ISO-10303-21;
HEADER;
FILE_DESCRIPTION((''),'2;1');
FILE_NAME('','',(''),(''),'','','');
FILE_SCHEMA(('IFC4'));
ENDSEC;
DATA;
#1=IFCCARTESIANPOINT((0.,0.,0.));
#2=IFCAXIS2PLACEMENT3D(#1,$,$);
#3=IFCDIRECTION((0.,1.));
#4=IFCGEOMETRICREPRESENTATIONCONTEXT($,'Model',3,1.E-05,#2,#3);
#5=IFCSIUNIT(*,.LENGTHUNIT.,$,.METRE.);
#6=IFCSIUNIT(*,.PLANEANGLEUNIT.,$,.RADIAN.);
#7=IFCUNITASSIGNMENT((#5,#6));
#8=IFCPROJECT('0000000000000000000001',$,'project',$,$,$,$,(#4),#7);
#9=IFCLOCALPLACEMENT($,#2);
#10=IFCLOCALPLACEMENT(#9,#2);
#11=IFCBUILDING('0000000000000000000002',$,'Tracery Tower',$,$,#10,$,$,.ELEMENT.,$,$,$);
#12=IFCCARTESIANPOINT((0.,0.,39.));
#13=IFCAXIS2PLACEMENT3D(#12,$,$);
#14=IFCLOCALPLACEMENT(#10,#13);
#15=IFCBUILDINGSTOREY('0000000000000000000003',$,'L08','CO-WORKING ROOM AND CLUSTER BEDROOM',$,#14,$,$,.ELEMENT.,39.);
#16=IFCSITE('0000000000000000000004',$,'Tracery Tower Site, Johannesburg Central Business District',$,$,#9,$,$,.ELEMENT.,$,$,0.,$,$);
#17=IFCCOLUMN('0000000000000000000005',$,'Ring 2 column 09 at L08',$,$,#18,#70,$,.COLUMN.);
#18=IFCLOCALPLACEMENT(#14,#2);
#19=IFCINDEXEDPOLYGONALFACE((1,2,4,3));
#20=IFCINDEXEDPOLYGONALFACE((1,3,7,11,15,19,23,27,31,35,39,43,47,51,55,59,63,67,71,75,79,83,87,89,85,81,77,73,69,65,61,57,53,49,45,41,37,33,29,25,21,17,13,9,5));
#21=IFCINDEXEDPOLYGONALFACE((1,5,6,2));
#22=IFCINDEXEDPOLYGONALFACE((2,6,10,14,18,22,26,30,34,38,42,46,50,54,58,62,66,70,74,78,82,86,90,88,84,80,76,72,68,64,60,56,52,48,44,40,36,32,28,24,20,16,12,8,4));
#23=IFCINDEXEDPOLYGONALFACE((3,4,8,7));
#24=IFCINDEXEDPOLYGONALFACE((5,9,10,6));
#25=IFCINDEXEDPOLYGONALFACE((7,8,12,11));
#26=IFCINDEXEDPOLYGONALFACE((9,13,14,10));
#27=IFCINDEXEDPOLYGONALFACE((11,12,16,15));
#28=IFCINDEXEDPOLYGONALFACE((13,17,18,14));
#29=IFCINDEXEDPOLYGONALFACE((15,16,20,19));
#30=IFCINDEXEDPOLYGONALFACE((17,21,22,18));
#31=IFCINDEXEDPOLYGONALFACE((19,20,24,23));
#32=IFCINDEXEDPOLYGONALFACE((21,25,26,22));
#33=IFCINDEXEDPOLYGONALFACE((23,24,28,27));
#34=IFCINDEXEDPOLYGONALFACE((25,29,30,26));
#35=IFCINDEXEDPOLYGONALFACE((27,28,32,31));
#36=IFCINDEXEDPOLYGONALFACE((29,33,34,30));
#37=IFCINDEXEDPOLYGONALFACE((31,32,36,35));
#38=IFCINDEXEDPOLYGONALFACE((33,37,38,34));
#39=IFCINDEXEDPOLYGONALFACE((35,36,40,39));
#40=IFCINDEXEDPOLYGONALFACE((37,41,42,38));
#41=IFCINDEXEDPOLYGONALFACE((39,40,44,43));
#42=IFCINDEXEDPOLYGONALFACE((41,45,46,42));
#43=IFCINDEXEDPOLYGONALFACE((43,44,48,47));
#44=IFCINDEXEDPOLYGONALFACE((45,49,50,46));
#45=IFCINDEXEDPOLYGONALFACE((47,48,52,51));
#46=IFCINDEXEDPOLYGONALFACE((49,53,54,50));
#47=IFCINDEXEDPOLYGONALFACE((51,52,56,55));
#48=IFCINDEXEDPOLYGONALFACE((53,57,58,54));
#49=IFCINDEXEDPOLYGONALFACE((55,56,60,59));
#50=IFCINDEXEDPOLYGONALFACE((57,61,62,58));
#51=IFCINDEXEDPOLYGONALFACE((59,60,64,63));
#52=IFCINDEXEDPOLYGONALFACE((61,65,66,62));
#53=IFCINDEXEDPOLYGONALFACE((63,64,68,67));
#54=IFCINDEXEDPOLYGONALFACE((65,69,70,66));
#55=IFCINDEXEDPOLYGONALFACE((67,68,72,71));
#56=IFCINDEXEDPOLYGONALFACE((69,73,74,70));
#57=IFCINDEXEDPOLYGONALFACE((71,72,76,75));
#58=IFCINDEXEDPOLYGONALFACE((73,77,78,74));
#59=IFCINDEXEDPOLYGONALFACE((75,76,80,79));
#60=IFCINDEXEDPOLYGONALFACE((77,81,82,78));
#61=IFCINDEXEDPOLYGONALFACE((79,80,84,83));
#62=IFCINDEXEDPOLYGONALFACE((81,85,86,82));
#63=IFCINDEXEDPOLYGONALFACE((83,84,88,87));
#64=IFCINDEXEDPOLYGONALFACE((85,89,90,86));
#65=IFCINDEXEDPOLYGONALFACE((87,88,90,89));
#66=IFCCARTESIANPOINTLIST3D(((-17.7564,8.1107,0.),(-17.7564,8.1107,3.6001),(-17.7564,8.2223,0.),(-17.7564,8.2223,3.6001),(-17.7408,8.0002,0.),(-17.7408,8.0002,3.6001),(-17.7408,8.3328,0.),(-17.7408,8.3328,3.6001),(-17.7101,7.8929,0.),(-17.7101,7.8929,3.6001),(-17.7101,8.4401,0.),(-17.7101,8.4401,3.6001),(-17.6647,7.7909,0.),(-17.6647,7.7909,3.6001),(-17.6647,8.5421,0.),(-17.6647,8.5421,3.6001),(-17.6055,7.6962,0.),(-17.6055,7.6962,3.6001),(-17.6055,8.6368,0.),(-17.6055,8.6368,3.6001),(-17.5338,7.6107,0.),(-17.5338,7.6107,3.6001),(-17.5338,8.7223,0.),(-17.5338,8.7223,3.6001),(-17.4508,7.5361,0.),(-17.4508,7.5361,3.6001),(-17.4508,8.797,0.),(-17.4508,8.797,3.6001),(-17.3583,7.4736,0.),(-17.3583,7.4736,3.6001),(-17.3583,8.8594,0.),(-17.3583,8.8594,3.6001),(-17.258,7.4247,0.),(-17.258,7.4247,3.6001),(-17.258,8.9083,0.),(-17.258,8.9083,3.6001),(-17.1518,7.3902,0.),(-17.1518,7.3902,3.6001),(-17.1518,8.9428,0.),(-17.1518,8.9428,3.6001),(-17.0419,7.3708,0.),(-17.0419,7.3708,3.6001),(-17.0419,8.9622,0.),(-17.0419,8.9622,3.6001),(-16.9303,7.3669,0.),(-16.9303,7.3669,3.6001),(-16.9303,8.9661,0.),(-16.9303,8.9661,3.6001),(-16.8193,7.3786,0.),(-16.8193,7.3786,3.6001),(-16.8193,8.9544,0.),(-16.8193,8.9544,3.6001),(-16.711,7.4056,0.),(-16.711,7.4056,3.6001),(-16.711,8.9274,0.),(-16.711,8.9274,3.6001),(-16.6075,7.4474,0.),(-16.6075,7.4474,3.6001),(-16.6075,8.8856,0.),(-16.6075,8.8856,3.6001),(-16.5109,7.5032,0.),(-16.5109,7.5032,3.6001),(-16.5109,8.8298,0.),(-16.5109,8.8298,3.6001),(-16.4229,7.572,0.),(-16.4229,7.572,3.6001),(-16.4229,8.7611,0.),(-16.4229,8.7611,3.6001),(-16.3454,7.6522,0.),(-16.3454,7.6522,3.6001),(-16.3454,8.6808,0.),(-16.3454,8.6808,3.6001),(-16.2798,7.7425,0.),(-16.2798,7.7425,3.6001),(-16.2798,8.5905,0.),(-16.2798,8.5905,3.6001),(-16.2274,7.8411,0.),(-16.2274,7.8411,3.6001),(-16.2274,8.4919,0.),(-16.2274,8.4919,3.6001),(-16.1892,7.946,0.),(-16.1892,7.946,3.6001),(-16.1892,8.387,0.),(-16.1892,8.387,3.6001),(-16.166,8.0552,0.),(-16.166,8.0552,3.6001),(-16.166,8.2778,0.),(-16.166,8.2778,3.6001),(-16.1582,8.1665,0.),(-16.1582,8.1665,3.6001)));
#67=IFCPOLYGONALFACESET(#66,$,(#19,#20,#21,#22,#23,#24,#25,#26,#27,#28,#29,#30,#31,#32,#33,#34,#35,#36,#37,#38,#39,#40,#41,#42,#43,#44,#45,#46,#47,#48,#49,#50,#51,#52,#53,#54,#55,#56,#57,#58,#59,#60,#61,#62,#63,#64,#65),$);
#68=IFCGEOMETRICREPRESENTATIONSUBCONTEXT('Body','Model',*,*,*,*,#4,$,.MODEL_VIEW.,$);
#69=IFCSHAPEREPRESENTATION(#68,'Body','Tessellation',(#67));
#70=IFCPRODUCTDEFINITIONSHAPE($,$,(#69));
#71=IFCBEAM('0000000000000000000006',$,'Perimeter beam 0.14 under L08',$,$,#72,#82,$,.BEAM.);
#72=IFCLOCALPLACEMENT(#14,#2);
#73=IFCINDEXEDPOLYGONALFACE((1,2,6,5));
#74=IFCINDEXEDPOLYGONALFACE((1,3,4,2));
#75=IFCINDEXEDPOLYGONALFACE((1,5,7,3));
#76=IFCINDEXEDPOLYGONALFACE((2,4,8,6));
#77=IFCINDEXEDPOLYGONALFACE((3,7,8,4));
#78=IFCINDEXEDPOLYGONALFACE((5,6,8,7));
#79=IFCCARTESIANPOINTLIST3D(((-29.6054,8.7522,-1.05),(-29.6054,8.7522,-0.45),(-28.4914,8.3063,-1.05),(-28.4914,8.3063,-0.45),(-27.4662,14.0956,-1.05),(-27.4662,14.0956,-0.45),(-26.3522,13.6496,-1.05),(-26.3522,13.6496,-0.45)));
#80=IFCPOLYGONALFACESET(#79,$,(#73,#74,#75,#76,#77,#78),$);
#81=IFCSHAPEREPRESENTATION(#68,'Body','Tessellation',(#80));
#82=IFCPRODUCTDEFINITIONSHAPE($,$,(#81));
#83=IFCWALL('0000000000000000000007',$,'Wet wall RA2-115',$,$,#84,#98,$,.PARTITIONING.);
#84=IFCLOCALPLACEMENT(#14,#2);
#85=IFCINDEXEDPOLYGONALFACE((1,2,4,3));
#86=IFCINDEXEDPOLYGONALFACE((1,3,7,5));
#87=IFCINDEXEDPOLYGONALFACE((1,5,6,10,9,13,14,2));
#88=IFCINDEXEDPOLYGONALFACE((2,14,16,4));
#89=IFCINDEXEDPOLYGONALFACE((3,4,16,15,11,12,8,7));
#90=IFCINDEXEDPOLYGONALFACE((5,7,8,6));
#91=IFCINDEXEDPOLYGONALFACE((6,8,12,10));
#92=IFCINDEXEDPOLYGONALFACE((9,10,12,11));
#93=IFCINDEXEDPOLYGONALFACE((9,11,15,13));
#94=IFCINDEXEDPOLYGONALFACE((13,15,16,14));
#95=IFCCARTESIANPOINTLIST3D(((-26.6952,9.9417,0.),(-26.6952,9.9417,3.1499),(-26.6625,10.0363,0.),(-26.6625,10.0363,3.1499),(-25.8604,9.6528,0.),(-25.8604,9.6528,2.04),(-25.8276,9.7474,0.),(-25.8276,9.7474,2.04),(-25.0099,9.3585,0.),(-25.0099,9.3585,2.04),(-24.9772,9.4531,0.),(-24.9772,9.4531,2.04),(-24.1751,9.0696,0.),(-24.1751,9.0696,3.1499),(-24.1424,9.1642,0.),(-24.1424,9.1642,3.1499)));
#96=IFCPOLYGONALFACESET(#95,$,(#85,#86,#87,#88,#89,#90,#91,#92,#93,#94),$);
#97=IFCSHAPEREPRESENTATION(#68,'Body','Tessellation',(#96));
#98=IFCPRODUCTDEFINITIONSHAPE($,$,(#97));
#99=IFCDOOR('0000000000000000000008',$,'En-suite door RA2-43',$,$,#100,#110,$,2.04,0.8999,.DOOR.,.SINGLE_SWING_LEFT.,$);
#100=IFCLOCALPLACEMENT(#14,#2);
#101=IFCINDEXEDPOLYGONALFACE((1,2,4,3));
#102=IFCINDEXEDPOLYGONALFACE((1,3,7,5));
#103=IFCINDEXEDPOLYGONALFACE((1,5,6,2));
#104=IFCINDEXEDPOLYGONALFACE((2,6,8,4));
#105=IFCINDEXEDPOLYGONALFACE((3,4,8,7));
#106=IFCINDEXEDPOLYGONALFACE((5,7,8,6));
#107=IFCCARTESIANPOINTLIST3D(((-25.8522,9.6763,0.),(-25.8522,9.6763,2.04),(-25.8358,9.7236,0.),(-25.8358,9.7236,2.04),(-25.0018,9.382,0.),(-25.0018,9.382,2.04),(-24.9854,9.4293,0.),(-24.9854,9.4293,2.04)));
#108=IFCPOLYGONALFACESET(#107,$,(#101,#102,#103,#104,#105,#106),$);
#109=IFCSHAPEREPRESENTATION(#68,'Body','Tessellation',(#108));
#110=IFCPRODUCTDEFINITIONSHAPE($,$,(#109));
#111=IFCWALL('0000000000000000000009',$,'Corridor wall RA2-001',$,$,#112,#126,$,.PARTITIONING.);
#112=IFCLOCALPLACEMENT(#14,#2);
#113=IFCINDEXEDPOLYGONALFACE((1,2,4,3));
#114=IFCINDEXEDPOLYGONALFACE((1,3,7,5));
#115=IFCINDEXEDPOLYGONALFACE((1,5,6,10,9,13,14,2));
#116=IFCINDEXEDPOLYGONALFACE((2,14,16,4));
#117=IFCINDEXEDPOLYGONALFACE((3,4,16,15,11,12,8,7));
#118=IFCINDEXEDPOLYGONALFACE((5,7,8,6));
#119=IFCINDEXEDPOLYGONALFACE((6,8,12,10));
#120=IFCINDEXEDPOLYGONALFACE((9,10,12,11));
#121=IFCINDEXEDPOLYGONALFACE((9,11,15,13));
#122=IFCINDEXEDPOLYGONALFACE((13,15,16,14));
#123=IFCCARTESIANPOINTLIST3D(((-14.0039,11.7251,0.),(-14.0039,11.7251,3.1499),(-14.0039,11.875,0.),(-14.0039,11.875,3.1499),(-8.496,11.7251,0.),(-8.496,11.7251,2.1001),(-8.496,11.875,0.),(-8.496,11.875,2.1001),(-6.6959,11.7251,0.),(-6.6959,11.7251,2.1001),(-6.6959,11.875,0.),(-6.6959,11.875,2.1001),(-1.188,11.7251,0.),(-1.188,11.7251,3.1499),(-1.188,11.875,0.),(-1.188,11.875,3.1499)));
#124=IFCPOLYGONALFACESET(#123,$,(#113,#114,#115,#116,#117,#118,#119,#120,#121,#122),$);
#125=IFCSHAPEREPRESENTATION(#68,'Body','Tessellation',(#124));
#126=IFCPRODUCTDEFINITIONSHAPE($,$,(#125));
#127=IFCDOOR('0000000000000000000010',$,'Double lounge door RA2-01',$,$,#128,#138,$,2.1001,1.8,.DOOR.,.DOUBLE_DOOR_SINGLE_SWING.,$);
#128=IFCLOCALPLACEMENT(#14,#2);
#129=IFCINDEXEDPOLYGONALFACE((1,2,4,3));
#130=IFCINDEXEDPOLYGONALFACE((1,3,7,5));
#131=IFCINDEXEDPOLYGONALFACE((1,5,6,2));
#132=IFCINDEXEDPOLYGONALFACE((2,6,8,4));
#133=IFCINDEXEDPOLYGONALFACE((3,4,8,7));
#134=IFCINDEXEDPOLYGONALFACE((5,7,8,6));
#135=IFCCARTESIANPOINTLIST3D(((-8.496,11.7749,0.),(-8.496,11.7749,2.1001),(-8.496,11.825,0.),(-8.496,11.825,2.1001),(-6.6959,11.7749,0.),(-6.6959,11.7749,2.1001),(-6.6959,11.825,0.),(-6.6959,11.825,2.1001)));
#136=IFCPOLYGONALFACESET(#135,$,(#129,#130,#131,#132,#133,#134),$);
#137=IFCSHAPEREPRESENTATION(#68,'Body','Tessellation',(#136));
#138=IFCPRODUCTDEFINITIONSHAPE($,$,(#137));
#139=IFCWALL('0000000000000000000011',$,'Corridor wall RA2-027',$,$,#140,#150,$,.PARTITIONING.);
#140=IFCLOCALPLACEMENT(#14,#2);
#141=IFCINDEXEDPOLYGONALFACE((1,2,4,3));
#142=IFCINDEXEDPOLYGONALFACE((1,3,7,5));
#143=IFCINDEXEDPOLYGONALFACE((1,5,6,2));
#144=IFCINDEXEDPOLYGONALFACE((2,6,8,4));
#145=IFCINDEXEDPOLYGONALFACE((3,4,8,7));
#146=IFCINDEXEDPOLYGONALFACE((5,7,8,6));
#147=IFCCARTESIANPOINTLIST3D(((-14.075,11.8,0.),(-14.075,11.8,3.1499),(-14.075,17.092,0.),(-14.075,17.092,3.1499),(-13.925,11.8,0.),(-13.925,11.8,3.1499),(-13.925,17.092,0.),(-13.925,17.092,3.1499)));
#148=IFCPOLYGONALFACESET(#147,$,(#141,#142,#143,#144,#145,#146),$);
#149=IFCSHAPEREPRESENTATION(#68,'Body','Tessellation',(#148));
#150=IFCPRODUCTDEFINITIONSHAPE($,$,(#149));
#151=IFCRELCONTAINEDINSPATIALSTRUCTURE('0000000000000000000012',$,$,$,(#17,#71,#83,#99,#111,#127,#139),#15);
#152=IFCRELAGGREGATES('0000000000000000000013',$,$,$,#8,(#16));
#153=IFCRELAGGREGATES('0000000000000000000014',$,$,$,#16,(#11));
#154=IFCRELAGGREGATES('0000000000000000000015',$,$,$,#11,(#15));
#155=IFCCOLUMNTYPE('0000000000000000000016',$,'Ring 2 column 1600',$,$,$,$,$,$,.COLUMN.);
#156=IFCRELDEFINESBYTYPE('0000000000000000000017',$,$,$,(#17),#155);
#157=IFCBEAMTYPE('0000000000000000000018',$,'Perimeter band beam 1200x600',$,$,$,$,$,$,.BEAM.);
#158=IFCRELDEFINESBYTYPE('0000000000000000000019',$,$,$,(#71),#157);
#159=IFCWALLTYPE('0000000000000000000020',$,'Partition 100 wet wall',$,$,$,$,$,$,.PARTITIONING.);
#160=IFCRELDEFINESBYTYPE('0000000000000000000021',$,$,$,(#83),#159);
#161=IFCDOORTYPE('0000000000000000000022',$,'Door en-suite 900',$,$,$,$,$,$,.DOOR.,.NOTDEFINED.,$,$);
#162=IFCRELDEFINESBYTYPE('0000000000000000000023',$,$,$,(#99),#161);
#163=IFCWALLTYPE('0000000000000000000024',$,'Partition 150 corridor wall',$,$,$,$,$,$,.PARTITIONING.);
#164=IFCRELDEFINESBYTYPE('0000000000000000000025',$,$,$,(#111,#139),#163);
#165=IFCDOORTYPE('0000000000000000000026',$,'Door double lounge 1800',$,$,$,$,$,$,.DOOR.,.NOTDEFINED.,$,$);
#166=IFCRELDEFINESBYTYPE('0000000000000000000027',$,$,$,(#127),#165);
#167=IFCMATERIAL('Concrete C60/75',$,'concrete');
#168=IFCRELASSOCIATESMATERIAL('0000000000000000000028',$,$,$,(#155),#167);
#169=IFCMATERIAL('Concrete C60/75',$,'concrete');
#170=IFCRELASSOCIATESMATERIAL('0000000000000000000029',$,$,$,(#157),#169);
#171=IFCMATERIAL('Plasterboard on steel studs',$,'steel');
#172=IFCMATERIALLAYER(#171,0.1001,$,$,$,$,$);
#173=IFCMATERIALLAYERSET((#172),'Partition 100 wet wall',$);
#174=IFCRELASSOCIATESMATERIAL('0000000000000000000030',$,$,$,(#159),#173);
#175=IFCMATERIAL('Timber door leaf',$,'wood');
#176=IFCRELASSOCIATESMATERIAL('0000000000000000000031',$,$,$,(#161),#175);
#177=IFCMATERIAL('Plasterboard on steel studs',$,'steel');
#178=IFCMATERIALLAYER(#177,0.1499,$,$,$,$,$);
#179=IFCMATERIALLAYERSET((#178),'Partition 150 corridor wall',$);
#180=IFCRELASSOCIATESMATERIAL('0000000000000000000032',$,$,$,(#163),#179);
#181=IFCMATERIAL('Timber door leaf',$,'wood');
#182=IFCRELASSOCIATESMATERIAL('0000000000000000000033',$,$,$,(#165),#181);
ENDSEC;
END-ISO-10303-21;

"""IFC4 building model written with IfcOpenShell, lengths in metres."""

from ifc_helpers import new_model, si_unit, direction, frame, frame_2d, origin, origin_2d, place, context, subcontext, project, spatial, rectangle, circle, extrude, material, layer, layer_set, material_profile, profile_set, type_object, element, fill, save


model = new_model("IFC4")

# Units and contexts
model_context = context("Model", 3, precision=1e-05, world=origin(), true_north=direction((0.0, 1.0)))
body_context = subcontext(model_context, "Body", "Model", "MODEL_VIEW")
ifc_project = project(units=[si_unit("LENGTHUNIT", "METRE"), si_unit("PLANEANGLEUNIT", "RADIAN")], contexts=[model_context])

# Site, building, storey
site_placement = place(None, origin())
site = spatial("IfcSite", under=ifc_project, at=site_placement, Name="Tracery Tower Site, Johannesburg Central Business District", CompositionType="ELEMENT", RefElevation=0.0)
building_placement = place(site_placement, origin())
building = spatial("IfcBuilding", under=site, at=building_placement, Name="Tracery Tower", CompositionType="ELEMENT")
storey_placement = place(building_placement, frame((0.0, 0.0, 39.0)))
storey = spatial("IfcBuildingStorey", under=building, at=storey_placement, Name="L08", Description="CO-WORKING ROOM AND CLUSTER BEDROOM", CompositionType="ELEMENT", Elevation=39.0)

# Column
ifc_material_1 = material(Name="Concrete C60/75", Category="concrete")
ifc_material_profile_1 = material_profile(ifc_material_1, circle(Radius=0.8, at=origin_2d()), Name="RC D1600")
ifc_profile_set_1 = profile_set([ifc_material_profile_1], Name="Concrete C60/75")
column_type_1 = type_object("IfcColumnType", Name="Ring 2 column 1600", PredefinedType="COLUMN", material=ifc_profile_set_1)
column_1_placement = place(storey_placement, frame((-16.9583, 8.1665, 0.0), z_axis=(0.0, 0.0, 1.0), x_axis=(1.0, 0.0, 0.0)))
element("IfcColumn", 1, at=column_1_placement, inside=storey, type_object=column_type_1, Name="Ring 2 column 09 at L08", PredefinedType="COLUMN", context=body_context, shape_type="SweptSolid", body=[
    extrude(circle(Radius=0.8, at=origin_2d()), origin(), (0.0, 0.0, 1.0), 3.6001),
])

# Beam
ifc_material_2 = material(Name="Concrete C60/75", Category="concrete")
ifc_material_profile_2 = material_profile(ifc_material_2, rectangle(XDim=1.2, YDim=0.6001, at=origin_2d()), Name="RC 1200x600")
ifc_profile_set_2 = profile_set([ifc_material_profile_2], Name="Concrete C60/75")
beam_type = type_object("IfcBeamType", Name="Perimeter band beam 1200x600", PredefinedType="BEAM", material=ifc_profile_set_2)
beam_placement = place(storey_placement, frame((-26.9092, 13.8726, -0.75), z_axis=(-0.371669, -0.928365, 0.0), x_axis=(0.928365, -0.371669, 0.0)))
element("IfcBeam", 2, at=beam_placement, inside=storey, type_object=beam_type, Name="Perimeter beam 0.14 under L08", PredefinedType="BEAM", context=body_context, shape_type="SweptSolid", body=[
    extrude(rectangle(XDim=1.2, YDim=0.6001, at=origin_2d()), origin(), (0.0, 0.0, 1.0), 5.7556),
])

# Walls, openings, doors
ifc_material_3 = material(Name="Plasterboard on steel studs", Category="steel")
ifc_layer_1 = layer(ifc_material_3, 0.1001)
ifc_layer_set_1 = layer_set([ifc_layer_1], Name="Partition 100 wet wall")
wall_type_1 = type_object("IfcWallType", Name="Partition 100 wet wall", PredefinedType="PARTITIONING", material=ifc_layer_set_1)
wall_1_placement = place(storey_placement, frame((-26.679, 9.989, 0.0), z_axis=(0.0, 0.0, 1.0), x_axis=(0.945014, -0.327029, 0.0)))
wall_1 = element("IfcWall", 3, at=wall_1_placement, inside=storey, type_object=wall_type_1, Name="Wet wall RA2-115", PredefinedType="PARTITIONING", context=body_context, shape_type="SweptSolid", body=[
    extrude(rectangle(XDim=2.6667, YDim=0.1001, at=frame_2d((1.3335, 0.0))), origin(), (0.0, 0.0, 1.0), 3.1499),
])
opening_1_placement = place(wall_1_placement, frame((0.8835, 0.0, 0.0)))
opening_1 = element("IfcOpeningElement", 4, at=opening_1_placement, cuts=wall_1, PredefinedType="OPENING", context=body_context, shape_type="SweptSolid", body=[
    extrude(rectangle(XDim=0.8999, YDim=2.04, at=frame_2d((0.45, 1.02))), frame((0.0, 0.05, 0.0), z_axis=(0.0, -1.0, 0.0), x_axis=(1.0, 0.0, 0.0)), (0.0, 0.0, 1.0), 0.1001),
])
ifc_material_4 = material(Name="Timber door leaf", Category="wood")
door_type_1 = type_object("IfcDoorType", Name="Door en-suite 900", OperationType="NOTDEFINED", PredefinedType="DOOR", material=ifc_material_4)
door_1_placement = place(opening_1_placement, origin())
door_1 = element("IfcDoor", 5, at=door_1_placement, inside=storey, type_object=door_type_1, Name="En-suite door RA2-43", OperationType="SINGLE_SWING_LEFT", OverallHeight=2.04, OverallWidth=0.8999, PredefinedType="DOOR", context=body_context, shape_type="SweptSolid", body=[
    extrude(rectangle(XDim=0.8999, YDim=2.04, at=frame_2d((0.45, 1.02))), frame((0.0, 0.0249, 0.0), z_axis=(0.0, -1.0, 0.0), x_axis=(1.0, 0.0, 0.0)), (0.0, 0.0, 1.0), 0.05),
])
fill(opening_1, door_1)
ifc_material_5 = material(Name="Plasterboard on steel studs", Category="steel")
ifc_layer_2 = layer(ifc_material_5, 0.1499)
ifc_layer_set_2 = layer_set([ifc_layer_2], Name="Partition 150 corridor wall")
wall_type_2 = type_object("IfcWallType", Name="Partition 150 corridor wall", PredefinedType="PARTITIONING", material=ifc_layer_set_2)
wall_2_placement = place(storey_placement, frame((-14.0039, 11.8, 0.0), z_axis=(0.0, 0.0, 1.0), x_axis=(1.0, 0.0, 0.0)))
wall_2 = element("IfcWall", 6, at=wall_2_placement, inside=storey, type_object=wall_type_2, Name="Corridor wall RA2-001", PredefinedType="PARTITIONING", context=body_context, shape_type="SweptSolid", body=[
    extrude(rectangle(XDim=12.8159, YDim=0.1499, at=frame_2d((6.408, 0.0))), origin(), (0.0, 0.0, 1.0), 3.1499),
])
opening_2_placement = place(wall_2_placement, frame((5.5081, 0.0, 0.0)))
opening_2 = element("IfcOpeningElement", 7, at=opening_2_placement, cuts=wall_2, PredefinedType="OPENING", context=body_context, shape_type="SweptSolid", body=[
    extrude(rectangle(XDim=1.8, YDim=2.1001, at=frame_2d((0.8999, 1.05))), frame((0.0, 0.075, 0.0), z_axis=(0.0, -1.0, 0.0), x_axis=(1.0, 0.0, 0.0)), (0.0, 0.0, 1.0), 0.1499),
])
ifc_material_6 = material(Name="Timber door leaf", Category="wood")
door_type_2 = type_object("IfcDoorType", Name="Door double lounge 1800", OperationType="NOTDEFINED", PredefinedType="DOOR", material=ifc_material_6)
door_2_placement = place(opening_2_placement, origin())
door_2 = element("IfcDoor", 8, at=door_2_placement, inside=storey, type_object=door_type_2, Name="Double lounge door RA2-01", OperationType="DOUBLE_DOOR_SINGLE_SWING", OverallHeight=2.1001, OverallWidth=1.8, PredefinedType="DOOR", context=body_context, shape_type="SweptSolid", body=[
    extrude(rectangle(XDim=1.8, YDim=2.1001, at=frame_2d((0.8999, 1.05))), frame((0.0, 0.0249, 0.0), z_axis=(0.0, -1.0, 0.0), x_axis=(1.0, 0.0, 0.0)), (0.0, 0.0, 1.0), 0.05),
])
fill(opening_2, door_2)

# Wall
wall_3_placement = place(storey_placement, frame((-14.0, 11.8, 0.0), z_axis=(0.0, 0.0, 1.0), x_axis=(0.0, 1.0, 0.0)))
element("IfcWall", 9, at=wall_3_placement, inside=storey, type_object=wall_type_2, Name="Corridor wall RA2-027", PredefinedType="PARTITIONING", context=body_context, shape_type="SweptSolid", body=[
    extrude(rectangle(XDim=5.292, YDim=0.1499, at=frame_2d((2.646, 0.0))), origin(), (0.0, 0.0, 1.0), 3.1499),
])

save(model, "model.ifc")
